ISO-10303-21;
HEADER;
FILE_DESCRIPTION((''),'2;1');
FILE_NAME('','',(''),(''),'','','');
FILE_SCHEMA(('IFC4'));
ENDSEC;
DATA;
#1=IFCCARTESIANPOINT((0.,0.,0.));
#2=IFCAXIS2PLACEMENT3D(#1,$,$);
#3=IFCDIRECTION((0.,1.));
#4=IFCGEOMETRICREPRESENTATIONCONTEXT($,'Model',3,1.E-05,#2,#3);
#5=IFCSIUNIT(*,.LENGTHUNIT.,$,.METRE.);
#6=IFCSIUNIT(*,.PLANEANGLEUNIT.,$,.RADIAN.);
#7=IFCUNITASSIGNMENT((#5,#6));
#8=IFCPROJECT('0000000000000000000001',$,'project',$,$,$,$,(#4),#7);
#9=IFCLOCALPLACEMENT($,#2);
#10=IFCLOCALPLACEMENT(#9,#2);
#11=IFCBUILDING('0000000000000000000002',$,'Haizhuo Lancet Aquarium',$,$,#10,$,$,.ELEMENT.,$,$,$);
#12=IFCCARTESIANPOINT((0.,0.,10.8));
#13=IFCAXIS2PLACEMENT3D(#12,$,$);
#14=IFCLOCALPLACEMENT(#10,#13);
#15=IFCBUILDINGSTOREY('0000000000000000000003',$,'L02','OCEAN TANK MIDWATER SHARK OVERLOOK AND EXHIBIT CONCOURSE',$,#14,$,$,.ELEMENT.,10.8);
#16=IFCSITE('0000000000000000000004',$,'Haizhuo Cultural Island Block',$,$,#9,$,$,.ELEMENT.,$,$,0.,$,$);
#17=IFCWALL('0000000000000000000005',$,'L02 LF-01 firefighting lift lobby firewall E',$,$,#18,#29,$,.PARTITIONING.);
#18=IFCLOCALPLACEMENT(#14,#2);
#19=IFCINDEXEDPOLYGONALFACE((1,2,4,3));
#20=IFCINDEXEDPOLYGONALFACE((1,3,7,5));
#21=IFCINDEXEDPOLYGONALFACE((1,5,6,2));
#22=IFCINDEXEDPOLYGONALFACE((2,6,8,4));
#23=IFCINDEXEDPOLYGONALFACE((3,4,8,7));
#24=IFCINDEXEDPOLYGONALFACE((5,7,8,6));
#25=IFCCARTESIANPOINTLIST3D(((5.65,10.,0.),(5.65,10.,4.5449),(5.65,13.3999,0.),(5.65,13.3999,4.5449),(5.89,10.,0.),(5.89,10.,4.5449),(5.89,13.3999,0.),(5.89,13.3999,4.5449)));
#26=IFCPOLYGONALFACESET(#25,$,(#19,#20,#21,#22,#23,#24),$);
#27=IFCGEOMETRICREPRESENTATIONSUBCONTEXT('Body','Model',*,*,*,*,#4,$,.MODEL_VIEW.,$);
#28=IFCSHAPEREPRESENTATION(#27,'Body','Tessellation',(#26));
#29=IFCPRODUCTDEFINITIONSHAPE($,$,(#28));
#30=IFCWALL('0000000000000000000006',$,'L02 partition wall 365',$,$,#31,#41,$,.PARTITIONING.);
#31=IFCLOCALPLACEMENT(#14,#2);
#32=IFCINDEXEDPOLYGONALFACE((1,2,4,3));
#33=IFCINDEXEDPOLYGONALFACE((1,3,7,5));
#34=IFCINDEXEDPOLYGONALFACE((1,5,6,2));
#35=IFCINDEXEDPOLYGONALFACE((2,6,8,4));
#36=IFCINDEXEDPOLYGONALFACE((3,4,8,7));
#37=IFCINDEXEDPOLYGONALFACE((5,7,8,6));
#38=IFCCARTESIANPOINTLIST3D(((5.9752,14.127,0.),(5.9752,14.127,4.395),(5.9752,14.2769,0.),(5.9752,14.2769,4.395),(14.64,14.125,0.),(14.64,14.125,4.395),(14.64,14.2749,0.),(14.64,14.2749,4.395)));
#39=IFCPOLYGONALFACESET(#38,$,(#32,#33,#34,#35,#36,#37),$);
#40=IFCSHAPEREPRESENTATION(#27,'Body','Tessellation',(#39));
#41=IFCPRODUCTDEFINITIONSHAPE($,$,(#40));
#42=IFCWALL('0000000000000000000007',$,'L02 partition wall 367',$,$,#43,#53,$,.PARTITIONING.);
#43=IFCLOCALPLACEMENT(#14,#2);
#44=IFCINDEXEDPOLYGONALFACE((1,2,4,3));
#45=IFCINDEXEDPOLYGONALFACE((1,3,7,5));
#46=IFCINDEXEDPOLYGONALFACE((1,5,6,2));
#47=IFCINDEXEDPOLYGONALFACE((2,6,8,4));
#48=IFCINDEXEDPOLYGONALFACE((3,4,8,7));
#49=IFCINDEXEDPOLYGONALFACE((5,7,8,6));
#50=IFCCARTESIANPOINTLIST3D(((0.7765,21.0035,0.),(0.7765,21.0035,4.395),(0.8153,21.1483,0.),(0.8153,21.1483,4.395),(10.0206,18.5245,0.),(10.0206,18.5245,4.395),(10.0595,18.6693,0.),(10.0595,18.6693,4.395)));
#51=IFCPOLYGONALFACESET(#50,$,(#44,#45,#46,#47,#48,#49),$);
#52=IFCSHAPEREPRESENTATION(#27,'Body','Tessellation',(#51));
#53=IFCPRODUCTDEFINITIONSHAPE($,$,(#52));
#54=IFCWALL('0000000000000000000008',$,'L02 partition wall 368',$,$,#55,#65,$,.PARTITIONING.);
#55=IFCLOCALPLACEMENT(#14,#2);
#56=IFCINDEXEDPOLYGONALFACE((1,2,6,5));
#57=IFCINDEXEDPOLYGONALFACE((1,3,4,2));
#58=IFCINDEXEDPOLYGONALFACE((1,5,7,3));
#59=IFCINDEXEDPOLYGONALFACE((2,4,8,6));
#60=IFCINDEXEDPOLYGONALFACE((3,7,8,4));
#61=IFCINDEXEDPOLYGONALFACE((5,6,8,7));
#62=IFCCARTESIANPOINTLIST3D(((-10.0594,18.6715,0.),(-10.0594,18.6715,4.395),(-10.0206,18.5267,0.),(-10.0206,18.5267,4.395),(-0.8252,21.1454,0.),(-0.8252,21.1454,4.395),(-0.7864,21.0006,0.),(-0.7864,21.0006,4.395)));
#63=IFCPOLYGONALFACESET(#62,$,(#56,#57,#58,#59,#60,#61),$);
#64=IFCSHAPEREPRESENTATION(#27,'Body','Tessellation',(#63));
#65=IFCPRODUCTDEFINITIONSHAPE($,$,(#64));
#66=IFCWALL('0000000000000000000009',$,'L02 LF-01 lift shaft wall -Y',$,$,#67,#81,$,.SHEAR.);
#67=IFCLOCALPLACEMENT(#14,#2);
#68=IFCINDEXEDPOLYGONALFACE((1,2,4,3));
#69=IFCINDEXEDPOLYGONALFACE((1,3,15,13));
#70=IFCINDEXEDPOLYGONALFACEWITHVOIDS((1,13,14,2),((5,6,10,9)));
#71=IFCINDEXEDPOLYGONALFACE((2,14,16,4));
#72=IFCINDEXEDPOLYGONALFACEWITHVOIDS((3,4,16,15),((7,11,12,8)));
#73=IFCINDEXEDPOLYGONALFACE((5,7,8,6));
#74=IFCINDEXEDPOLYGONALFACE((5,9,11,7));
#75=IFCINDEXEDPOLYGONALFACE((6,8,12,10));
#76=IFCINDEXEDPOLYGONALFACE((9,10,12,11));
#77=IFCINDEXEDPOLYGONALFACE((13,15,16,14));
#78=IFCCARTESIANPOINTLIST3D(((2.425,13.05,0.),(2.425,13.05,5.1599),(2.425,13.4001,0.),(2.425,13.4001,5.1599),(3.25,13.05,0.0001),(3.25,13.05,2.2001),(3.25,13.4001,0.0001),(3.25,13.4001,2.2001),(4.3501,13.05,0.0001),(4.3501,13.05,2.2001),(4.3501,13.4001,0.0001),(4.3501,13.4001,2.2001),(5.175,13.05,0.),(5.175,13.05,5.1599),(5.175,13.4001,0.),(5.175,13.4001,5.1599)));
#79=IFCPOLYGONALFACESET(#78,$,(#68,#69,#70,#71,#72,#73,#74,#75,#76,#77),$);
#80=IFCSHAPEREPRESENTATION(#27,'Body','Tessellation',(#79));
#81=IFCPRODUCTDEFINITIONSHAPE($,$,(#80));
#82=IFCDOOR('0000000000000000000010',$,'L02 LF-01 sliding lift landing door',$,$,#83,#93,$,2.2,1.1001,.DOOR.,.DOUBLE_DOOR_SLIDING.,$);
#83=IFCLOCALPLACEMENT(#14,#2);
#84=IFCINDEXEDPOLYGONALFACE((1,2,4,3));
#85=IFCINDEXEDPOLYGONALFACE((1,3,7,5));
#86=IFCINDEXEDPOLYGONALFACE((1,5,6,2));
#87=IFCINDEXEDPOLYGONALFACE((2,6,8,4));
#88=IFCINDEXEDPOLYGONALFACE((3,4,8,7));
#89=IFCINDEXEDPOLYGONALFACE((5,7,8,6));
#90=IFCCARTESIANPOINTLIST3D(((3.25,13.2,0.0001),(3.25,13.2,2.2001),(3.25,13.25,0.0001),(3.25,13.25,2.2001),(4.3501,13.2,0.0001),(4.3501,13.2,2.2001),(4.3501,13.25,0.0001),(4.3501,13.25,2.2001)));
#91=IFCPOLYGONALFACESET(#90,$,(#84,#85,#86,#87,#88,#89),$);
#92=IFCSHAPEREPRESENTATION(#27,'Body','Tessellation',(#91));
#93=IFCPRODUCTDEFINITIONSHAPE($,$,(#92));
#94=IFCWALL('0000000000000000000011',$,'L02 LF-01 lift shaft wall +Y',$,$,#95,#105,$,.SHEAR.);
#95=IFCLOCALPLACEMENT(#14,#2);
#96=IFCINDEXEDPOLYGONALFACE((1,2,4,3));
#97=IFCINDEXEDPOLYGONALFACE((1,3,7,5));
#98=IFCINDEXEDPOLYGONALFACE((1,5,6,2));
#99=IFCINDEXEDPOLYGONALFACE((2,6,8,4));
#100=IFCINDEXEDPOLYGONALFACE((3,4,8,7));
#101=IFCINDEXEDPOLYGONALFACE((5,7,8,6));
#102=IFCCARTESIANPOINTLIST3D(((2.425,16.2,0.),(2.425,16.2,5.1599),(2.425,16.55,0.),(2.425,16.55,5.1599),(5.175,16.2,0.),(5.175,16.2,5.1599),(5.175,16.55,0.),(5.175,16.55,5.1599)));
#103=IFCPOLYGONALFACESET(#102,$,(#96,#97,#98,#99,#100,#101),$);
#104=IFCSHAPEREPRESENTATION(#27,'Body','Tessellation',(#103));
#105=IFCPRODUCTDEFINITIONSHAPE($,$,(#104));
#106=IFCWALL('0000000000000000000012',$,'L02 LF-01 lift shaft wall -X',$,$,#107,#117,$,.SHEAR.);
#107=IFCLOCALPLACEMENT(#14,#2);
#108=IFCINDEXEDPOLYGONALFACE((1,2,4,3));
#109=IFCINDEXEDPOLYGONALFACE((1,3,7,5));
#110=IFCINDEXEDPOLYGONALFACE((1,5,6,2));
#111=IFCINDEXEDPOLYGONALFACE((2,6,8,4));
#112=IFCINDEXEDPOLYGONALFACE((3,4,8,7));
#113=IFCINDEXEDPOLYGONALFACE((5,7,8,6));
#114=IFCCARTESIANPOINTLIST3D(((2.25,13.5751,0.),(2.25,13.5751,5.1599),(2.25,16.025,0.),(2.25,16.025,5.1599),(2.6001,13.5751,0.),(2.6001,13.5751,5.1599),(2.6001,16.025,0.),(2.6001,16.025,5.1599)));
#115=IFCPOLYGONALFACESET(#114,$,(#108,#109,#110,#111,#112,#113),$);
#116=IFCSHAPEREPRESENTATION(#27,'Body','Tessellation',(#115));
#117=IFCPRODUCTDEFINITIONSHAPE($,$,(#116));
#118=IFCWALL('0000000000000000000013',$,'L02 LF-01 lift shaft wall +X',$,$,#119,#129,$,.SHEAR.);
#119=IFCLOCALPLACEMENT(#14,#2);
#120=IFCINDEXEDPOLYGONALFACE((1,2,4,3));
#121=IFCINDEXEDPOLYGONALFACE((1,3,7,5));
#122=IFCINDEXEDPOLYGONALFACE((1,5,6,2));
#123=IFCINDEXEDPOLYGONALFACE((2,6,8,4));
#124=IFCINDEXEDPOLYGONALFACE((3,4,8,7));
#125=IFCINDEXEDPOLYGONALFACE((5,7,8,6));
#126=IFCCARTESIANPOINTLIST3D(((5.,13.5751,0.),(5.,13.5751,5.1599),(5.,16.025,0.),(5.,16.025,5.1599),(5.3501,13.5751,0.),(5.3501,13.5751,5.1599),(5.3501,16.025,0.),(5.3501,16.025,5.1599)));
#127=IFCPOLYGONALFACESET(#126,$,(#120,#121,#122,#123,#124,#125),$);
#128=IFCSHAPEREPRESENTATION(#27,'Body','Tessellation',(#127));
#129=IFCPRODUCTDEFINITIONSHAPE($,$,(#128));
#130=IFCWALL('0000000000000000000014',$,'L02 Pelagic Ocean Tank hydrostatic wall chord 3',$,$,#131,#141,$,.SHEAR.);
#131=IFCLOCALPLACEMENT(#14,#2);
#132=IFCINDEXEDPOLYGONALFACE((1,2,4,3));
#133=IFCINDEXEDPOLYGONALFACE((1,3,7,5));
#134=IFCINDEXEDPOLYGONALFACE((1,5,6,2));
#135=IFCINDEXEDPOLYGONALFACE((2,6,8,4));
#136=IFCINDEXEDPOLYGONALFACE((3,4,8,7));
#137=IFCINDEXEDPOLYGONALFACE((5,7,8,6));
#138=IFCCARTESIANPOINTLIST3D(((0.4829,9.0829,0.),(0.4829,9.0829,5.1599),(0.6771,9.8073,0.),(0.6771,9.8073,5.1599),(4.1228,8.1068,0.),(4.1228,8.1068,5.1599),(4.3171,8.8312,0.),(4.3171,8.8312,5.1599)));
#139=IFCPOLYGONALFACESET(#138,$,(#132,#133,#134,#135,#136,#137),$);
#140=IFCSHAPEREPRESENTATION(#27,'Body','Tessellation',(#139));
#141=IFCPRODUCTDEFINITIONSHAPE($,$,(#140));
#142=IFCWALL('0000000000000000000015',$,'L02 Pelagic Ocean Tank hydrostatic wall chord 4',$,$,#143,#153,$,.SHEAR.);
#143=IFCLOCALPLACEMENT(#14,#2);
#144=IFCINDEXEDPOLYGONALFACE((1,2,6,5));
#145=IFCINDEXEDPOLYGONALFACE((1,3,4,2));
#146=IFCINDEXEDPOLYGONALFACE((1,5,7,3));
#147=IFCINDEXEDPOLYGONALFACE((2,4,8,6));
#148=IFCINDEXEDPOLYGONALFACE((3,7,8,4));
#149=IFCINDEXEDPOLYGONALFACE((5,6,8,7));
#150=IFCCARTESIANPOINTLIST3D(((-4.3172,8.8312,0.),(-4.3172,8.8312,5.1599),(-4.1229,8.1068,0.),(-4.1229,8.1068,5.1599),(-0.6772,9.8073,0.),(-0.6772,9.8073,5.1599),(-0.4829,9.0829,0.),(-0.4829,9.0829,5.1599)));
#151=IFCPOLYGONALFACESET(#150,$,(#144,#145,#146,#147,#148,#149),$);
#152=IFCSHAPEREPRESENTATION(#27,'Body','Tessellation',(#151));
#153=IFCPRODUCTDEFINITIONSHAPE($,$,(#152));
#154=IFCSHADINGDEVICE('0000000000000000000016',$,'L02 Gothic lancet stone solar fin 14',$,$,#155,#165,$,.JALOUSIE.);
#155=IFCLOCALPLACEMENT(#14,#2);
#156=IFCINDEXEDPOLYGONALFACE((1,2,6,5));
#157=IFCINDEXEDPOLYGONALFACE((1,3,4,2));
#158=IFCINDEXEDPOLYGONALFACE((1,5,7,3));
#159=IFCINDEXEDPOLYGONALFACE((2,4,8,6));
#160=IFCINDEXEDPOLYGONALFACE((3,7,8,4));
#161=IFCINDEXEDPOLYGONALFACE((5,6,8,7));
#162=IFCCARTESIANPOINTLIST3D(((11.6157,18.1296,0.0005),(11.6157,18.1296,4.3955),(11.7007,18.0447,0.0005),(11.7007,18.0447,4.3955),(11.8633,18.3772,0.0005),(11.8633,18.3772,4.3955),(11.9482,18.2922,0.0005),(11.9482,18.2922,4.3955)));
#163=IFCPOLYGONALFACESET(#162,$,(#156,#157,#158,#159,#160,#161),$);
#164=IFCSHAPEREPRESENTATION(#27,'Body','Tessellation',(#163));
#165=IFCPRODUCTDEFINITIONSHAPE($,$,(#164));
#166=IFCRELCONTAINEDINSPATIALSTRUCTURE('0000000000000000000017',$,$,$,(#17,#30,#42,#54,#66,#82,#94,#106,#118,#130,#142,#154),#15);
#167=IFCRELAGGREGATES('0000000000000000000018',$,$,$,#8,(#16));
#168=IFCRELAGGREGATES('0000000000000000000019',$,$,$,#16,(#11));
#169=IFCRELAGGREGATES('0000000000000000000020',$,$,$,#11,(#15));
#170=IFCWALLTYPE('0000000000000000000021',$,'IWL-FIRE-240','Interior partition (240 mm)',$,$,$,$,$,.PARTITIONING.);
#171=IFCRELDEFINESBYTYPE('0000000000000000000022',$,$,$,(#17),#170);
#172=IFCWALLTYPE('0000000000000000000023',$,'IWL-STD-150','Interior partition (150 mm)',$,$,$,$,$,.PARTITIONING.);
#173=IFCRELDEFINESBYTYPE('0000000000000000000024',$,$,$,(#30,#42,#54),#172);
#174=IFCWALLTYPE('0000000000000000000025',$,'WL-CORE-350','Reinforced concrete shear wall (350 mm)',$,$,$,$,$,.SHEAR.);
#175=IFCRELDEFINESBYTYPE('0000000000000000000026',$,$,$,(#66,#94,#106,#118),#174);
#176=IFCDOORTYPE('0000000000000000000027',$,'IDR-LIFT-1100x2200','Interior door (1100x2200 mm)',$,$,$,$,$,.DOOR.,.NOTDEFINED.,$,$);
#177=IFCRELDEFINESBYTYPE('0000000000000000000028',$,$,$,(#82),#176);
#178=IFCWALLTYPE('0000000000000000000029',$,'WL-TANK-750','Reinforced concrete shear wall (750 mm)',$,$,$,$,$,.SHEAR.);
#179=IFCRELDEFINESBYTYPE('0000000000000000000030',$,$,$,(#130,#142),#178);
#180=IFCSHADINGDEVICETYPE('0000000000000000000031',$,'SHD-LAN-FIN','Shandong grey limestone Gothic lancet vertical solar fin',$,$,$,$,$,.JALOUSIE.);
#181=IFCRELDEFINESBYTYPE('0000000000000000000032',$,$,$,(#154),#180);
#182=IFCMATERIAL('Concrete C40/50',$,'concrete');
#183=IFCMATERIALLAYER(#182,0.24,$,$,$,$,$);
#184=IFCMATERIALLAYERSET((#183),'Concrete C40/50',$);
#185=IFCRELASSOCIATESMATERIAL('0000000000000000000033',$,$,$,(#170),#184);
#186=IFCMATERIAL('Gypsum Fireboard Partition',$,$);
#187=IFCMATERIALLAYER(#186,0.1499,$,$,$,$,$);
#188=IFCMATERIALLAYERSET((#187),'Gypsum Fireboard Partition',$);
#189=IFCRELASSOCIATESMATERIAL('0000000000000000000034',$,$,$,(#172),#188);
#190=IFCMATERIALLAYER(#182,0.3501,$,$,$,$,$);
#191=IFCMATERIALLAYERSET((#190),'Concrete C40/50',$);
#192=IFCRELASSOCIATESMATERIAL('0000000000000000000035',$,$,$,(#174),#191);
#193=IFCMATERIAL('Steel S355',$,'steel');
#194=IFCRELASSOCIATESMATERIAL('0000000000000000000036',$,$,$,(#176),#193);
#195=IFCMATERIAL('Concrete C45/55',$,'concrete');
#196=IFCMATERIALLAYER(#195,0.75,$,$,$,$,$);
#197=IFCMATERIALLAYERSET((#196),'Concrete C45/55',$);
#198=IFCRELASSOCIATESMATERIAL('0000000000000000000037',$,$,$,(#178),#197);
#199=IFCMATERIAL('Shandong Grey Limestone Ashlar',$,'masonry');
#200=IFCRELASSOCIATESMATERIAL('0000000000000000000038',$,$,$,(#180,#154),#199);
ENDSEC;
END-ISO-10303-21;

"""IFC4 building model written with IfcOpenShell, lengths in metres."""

from ifc_helpers import new_model, si_unit, direction, frame, frame_2d, origin, origin_2d, place, context, subcontext, project, spatial, rectangle, extrude, material, layer, layer_set, type_object, element, fill, save


model = new_model("IFC4")

# Units and contexts
model_context = context("Model", 3, precision=1e-05, world=origin(), true_north=direction((0.0, 1.0)))
body_context = subcontext(model_context, "Body", "Model", "MODEL_VIEW")
ifc_project = project(units=[si_unit("LENGTHUNIT", "METRE"), si_unit("PLANEANGLEUNIT", "RADIAN")], contexts=[model_context])

# Site, building, storey
site_placement = place(None, origin())
site = spatial("IfcSite", under=ifc_project, at=site_placement, Name="Haizhuo Cultural Island Block", CompositionType="ELEMENT", RefElevation=0.0)
building_placement = place(site_placement, origin())
building = spatial("IfcBuilding", under=site, at=building_placement, Name="Haizhuo Lancet Aquarium", CompositionType="ELEMENT")
storey_placement = place(building_placement, frame((0.0, 0.0, 10.8)))
storey = spatial("IfcBuildingStorey", under=building, at=storey_placement, Name="L02", Description="OCEAN TANK MIDWATER SHARK OVERLOOK AND EXHIBIT CONCOURSE", CompositionType="ELEMENT", Elevation=10.8)

# Shared definitions
ifc_material_1 = material(Name="Concrete C40/50", Category="concrete")
ifc_material_2 = material(Name="Steel S355", Category="steel")

# Shared definitions
ifc_material_3 = material(Name="Shandong Grey Limestone Ashlar", Category="masonry")

# Shared definitions
ifc_layer_1 = layer(ifc_material_1, 0.24)
ifc_layer_set_1 = layer_set([ifc_layer_1], Name="Concrete C40/50")
wall_type_1 = type_object("IfcWallType", Name="IWL-FIRE-240", Description="Interior partition (240 mm)", PredefinedType="PARTITIONING", material=ifc_layer_set_1)

# Walls
wall_1_placement = place(storey_placement, frame((5.77, 10.0, 0.0), z_axis=(0.0, 0.0, 1.0), x_axis=(0.0, 1.0, 0.0)))
element("IfcWall", 1, at=wall_1_placement, inside=storey, type_object=wall_type_1, Name="L02 LF-01 firefighting lift lobby firewall E", PredefinedType="PARTITIONING", context=body_context, shape_type="SweptSolid", body=[
    extrude(rectangle(XDim=3.3999, YDim=0.24, at=frame_2d((1.7, 0.0))), origin(), (0.0, 0.0, 1.0), 4.5449),
])
ifc_material_4 = material(Name="Gypsum Fireboard Partition")
ifc_layer_2 = layer(ifc_material_4, 0.1499)
ifc_layer_set_2 = layer_set([ifc_layer_2], Name="Gypsum Fireboard Partition")
wall_type_2 = type_object("IfcWallType", Name="IWL-STD-150", Description="Interior partition (150 mm)", PredefinedType="PARTITIONING", material=ifc_layer_set_2)
wall_2_placement = place(storey_placement, frame((5.9751, 14.2019, 0.0), z_axis=(0.0, 0.0, 1.0), x_axis=(1.0, -0.000225, 0.0)))
element("IfcWall", 2, at=wall_2_placement, inside=storey, type_object=wall_type_2, Name="L02 partition wall 365", PredefinedType="PARTITIONING", context=body_context, shape_type="SweptSolid", body=[
    extrude(rectangle(XDim=8.6648, YDim=0.1499, at=frame_2d((4.3325, 0.0))), origin(), (0.0, 0.0, 1.0), 4.395),
])
wall_3_placement = place(storey_placement, frame((10.04, 18.5969, 0.0), z_axis=(0.0, 0.0, 1.0), x_axis=(-0.965872, 0.259018, 0.0)))
element("IfcWall", 3, at=wall_3_placement, inside=storey, type_object=wall_type_2, Name="L02 partition wall 367", PredefinedType="PARTITIONING", context=body_context, shape_type="SweptSolid", body=[
    extrude(rectangle(XDim=9.5708, YDim=0.1499, at=frame_2d((4.7854, 0.0))), origin(), (0.0, 0.0, 1.0), 4.395),
])
wall_4_placement = place(storey_placement, frame((-0.8059, 21.073, 0.0), z_axis=(0.0, 0.0, 1.0), x_axis=(-0.965936, -0.25878, 0.0)))
element("IfcWall", 4, at=wall_4_placement, inside=storey, type_object=wall_type_2, Name="L02 partition wall 368", PredefinedType="PARTITIONING", context=body_context, shape_type="SweptSolid", body=[
    extrude(rectangle(XDim=9.5598, YDim=0.1499, at=frame_2d((4.7798, 0.0))), origin(), (0.0, 0.0, 1.0), 4.395),
])

# Wall, opening, door
ifc_layer_3 = layer(ifc_material_1, 0.3501)
ifc_layer_set_3 = layer_set([ifc_layer_3], Name="Concrete C40/50")
wall_type_3 = type_object("IfcWallType", Name="WL-CORE-350", Description="Reinforced concrete shear wall (350 mm)", PredefinedType="SHEAR", material=ifc_layer_set_3)
wall_5_placement = place(storey_placement, frame((2.425, 13.2251, 0.0), z_axis=(0.0, 0.0, 1.0), x_axis=(1.0, 0.0, 0.0)))
wall_5 = element("IfcWall", 5, at=wall_5_placement, inside=storey, type_object=wall_type_3, Name="L02 LF-01 lift shaft wall -Y", PredefinedType="SHEAR", context=body_context, shape_type="SweptSolid", body=[
    extrude(rectangle(XDim=2.75, YDim=0.3501, at=frame_2d((1.375, 0.0))), origin(), (0.0, 0.0, 1.0), 5.1599),
])
opening_1_placement = place(wall_5_placement, frame((0.825, 0.0, 0.0)))
opening_1 = element("IfcOpeningElement", 6, at=opening_1_placement, cuts=wall_5, PredefinedType="OPENING", context=body_context, shape_type="SweptSolid", body=[
    extrude(rectangle(XDim=1.1001, YDim=2.2, at=frame_2d((0.55, 1.1001))), frame((0.0, 0.1851, 0.0), z_axis=(0.0, -1.0, 0.0), x_axis=(1.0, 0.0, 0.0)), (0.0, 0.0, 1.0), 0.3701),
])
door_type_1 = type_object("IfcDoorType", Name="IDR-LIFT-1100x2200", Description="Interior door (1100x2200 mm)", OperationType="NOTDEFINED", PredefinedType="DOOR", material=ifc_material_2)
door_1_placement = place(opening_1_placement, origin())
door_1 = element("IfcDoor", 7, at=door_1_placement, inside=storey, type_object=door_type_1, Name="L02 LF-01 sliding lift landing door", OperationType="DOUBLE_DOOR_SLIDING", OverallHeight=2.2, OverallWidth=1.1001, PredefinedType="DOOR", context=body_context, shape_type="SweptSolid", body=[
    extrude(rectangle(XDim=1.1001, YDim=2.2, at=frame_2d((0.55, 1.1001))), frame((0.0, 0.0249, 0.0), z_axis=(0.0, -1.0, 0.0), x_axis=(1.0, 0.0, 0.0)), (0.0, 0.0, 1.0), 0.05),
])
fill(opening_1, door_1)

# Walls
wall_6_placement = place(storey_placement, frame((5.175, 16.375, 0.0), z_axis=(0.0, 0.0, 1.0), x_axis=(-1.0, 0.0, 0.0)))
element("IfcWall", 8, at=wall_6_placement, inside=storey, type_object=wall_type_3, Name="L02 LF-01 lift shaft wall +Y", PredefinedType="SHEAR", context=body_context, shape_type="SweptSolid", body=[
    extrude(rectangle(XDim=2.75, YDim=0.3501, at=frame_2d((1.375, 0.0))), origin(), (0.0, 0.0, 1.0), 5.1599),
])
for number, where, z_axis, x_axis, name in (
    (9, (2.425, 13.575, 0.0), (0.0, 0.0, 1.0), (0.0, 1.0, 0.0), "L02 LF-01 lift shaft wall -X"),
    (10, (5.175, 13.575, 0.0), (0.0, 0.0, 1.0), (0.0, 1.0, 0.0), "L02 LF-01 lift shaft wall +X"),
):
    element("IfcWall", number, at=place(storey_placement, frame(where, z_axis=z_axis, x_axis=x_axis)), inside=storey, type_object=wall_type_3, Name=name, PredefinedType="SHEAR", context=body_context, shape_type="SweptSolid", body=[
        extrude(rectangle(XDim=2.45, YDim=0.3501, at=frame_2d((1.2251, 0.0))), origin(), (0.0, 0.0, 1.0), 5.1599),
    ])
ifc_material_5 = material(Name="Concrete C45/55", Category="concrete")
ifc_layer_4 = layer(ifc_material_5, 0.75)
ifc_layer_set_4 = layer_set([ifc_layer_4], Name="Concrete C45/55")
wall_type_4 = type_object("IfcWallType", Name="WL-TANK-750", Description="Reinforced concrete shear wall (750 mm)", PredefinedType="SHEAR", material=ifc_layer_set_4)
for number, where, z_axis, x_axis, name in (
    (11, (4.22, 8.469, 0.0), (0.0, 0.0, 1.0), (-0.965875, 0.259009, 0.0), "L02 Pelagic Ocean Tank hydrostatic wall chord 3"),
    (12, (-0.5801, 9.4451, 0.0), (0.0, 0.0, 1.0), (-0.965875, -0.259009, 0.0), "L02 Pelagic Ocean Tank hydrostatic wall chord 4"),
):
    element("IfcWall", number, at=place(storey_placement, frame(where, z_axis=z_axis, x_axis=x_axis)), inside=storey, type_object=wall_type_4, Name=name, PredefinedType="SHEAR", context=body_context, shape_type="SweptSolid", body=[
        extrude(rectangle(XDim=3.7686, YDim=0.75, at=frame_2d((1.8843, 0.0))), origin(), (0.0, 0.0, 1.0), 5.1599),
    ])

# Shading device
shading_device_type = type_object("IfcShadingDeviceType", Name="SHD-LAN-FIN", Description="Shandong grey limestone Gothic lancet vertical solar fin", PredefinedType="JALOUSIE", material=ifc_material_3)
shading_device_placement = place(storey_placement, frame((11.782, 18.2109, 0.0005), z_axis=(0.0, 0.0, 1.0), x_axis=(0.707107, -0.707107, 0.0)))
element("IfcShadingDevice", 13, at=shading_device_placement, inside=storey, type_object=shading_device_type, material=ifc_material_3, Name="L02 Gothic lancet stone solar fin 14", PredefinedType="JALOUSIE", context=body_context, shape_type="SweptSolid", body=[
    extrude(rectangle(XDim=0.1201, YDim=0.3501, at=origin_2d()), origin(), (0.0, 0.0, 1.0), 4.395),
])

save(model, "model.ifc")
